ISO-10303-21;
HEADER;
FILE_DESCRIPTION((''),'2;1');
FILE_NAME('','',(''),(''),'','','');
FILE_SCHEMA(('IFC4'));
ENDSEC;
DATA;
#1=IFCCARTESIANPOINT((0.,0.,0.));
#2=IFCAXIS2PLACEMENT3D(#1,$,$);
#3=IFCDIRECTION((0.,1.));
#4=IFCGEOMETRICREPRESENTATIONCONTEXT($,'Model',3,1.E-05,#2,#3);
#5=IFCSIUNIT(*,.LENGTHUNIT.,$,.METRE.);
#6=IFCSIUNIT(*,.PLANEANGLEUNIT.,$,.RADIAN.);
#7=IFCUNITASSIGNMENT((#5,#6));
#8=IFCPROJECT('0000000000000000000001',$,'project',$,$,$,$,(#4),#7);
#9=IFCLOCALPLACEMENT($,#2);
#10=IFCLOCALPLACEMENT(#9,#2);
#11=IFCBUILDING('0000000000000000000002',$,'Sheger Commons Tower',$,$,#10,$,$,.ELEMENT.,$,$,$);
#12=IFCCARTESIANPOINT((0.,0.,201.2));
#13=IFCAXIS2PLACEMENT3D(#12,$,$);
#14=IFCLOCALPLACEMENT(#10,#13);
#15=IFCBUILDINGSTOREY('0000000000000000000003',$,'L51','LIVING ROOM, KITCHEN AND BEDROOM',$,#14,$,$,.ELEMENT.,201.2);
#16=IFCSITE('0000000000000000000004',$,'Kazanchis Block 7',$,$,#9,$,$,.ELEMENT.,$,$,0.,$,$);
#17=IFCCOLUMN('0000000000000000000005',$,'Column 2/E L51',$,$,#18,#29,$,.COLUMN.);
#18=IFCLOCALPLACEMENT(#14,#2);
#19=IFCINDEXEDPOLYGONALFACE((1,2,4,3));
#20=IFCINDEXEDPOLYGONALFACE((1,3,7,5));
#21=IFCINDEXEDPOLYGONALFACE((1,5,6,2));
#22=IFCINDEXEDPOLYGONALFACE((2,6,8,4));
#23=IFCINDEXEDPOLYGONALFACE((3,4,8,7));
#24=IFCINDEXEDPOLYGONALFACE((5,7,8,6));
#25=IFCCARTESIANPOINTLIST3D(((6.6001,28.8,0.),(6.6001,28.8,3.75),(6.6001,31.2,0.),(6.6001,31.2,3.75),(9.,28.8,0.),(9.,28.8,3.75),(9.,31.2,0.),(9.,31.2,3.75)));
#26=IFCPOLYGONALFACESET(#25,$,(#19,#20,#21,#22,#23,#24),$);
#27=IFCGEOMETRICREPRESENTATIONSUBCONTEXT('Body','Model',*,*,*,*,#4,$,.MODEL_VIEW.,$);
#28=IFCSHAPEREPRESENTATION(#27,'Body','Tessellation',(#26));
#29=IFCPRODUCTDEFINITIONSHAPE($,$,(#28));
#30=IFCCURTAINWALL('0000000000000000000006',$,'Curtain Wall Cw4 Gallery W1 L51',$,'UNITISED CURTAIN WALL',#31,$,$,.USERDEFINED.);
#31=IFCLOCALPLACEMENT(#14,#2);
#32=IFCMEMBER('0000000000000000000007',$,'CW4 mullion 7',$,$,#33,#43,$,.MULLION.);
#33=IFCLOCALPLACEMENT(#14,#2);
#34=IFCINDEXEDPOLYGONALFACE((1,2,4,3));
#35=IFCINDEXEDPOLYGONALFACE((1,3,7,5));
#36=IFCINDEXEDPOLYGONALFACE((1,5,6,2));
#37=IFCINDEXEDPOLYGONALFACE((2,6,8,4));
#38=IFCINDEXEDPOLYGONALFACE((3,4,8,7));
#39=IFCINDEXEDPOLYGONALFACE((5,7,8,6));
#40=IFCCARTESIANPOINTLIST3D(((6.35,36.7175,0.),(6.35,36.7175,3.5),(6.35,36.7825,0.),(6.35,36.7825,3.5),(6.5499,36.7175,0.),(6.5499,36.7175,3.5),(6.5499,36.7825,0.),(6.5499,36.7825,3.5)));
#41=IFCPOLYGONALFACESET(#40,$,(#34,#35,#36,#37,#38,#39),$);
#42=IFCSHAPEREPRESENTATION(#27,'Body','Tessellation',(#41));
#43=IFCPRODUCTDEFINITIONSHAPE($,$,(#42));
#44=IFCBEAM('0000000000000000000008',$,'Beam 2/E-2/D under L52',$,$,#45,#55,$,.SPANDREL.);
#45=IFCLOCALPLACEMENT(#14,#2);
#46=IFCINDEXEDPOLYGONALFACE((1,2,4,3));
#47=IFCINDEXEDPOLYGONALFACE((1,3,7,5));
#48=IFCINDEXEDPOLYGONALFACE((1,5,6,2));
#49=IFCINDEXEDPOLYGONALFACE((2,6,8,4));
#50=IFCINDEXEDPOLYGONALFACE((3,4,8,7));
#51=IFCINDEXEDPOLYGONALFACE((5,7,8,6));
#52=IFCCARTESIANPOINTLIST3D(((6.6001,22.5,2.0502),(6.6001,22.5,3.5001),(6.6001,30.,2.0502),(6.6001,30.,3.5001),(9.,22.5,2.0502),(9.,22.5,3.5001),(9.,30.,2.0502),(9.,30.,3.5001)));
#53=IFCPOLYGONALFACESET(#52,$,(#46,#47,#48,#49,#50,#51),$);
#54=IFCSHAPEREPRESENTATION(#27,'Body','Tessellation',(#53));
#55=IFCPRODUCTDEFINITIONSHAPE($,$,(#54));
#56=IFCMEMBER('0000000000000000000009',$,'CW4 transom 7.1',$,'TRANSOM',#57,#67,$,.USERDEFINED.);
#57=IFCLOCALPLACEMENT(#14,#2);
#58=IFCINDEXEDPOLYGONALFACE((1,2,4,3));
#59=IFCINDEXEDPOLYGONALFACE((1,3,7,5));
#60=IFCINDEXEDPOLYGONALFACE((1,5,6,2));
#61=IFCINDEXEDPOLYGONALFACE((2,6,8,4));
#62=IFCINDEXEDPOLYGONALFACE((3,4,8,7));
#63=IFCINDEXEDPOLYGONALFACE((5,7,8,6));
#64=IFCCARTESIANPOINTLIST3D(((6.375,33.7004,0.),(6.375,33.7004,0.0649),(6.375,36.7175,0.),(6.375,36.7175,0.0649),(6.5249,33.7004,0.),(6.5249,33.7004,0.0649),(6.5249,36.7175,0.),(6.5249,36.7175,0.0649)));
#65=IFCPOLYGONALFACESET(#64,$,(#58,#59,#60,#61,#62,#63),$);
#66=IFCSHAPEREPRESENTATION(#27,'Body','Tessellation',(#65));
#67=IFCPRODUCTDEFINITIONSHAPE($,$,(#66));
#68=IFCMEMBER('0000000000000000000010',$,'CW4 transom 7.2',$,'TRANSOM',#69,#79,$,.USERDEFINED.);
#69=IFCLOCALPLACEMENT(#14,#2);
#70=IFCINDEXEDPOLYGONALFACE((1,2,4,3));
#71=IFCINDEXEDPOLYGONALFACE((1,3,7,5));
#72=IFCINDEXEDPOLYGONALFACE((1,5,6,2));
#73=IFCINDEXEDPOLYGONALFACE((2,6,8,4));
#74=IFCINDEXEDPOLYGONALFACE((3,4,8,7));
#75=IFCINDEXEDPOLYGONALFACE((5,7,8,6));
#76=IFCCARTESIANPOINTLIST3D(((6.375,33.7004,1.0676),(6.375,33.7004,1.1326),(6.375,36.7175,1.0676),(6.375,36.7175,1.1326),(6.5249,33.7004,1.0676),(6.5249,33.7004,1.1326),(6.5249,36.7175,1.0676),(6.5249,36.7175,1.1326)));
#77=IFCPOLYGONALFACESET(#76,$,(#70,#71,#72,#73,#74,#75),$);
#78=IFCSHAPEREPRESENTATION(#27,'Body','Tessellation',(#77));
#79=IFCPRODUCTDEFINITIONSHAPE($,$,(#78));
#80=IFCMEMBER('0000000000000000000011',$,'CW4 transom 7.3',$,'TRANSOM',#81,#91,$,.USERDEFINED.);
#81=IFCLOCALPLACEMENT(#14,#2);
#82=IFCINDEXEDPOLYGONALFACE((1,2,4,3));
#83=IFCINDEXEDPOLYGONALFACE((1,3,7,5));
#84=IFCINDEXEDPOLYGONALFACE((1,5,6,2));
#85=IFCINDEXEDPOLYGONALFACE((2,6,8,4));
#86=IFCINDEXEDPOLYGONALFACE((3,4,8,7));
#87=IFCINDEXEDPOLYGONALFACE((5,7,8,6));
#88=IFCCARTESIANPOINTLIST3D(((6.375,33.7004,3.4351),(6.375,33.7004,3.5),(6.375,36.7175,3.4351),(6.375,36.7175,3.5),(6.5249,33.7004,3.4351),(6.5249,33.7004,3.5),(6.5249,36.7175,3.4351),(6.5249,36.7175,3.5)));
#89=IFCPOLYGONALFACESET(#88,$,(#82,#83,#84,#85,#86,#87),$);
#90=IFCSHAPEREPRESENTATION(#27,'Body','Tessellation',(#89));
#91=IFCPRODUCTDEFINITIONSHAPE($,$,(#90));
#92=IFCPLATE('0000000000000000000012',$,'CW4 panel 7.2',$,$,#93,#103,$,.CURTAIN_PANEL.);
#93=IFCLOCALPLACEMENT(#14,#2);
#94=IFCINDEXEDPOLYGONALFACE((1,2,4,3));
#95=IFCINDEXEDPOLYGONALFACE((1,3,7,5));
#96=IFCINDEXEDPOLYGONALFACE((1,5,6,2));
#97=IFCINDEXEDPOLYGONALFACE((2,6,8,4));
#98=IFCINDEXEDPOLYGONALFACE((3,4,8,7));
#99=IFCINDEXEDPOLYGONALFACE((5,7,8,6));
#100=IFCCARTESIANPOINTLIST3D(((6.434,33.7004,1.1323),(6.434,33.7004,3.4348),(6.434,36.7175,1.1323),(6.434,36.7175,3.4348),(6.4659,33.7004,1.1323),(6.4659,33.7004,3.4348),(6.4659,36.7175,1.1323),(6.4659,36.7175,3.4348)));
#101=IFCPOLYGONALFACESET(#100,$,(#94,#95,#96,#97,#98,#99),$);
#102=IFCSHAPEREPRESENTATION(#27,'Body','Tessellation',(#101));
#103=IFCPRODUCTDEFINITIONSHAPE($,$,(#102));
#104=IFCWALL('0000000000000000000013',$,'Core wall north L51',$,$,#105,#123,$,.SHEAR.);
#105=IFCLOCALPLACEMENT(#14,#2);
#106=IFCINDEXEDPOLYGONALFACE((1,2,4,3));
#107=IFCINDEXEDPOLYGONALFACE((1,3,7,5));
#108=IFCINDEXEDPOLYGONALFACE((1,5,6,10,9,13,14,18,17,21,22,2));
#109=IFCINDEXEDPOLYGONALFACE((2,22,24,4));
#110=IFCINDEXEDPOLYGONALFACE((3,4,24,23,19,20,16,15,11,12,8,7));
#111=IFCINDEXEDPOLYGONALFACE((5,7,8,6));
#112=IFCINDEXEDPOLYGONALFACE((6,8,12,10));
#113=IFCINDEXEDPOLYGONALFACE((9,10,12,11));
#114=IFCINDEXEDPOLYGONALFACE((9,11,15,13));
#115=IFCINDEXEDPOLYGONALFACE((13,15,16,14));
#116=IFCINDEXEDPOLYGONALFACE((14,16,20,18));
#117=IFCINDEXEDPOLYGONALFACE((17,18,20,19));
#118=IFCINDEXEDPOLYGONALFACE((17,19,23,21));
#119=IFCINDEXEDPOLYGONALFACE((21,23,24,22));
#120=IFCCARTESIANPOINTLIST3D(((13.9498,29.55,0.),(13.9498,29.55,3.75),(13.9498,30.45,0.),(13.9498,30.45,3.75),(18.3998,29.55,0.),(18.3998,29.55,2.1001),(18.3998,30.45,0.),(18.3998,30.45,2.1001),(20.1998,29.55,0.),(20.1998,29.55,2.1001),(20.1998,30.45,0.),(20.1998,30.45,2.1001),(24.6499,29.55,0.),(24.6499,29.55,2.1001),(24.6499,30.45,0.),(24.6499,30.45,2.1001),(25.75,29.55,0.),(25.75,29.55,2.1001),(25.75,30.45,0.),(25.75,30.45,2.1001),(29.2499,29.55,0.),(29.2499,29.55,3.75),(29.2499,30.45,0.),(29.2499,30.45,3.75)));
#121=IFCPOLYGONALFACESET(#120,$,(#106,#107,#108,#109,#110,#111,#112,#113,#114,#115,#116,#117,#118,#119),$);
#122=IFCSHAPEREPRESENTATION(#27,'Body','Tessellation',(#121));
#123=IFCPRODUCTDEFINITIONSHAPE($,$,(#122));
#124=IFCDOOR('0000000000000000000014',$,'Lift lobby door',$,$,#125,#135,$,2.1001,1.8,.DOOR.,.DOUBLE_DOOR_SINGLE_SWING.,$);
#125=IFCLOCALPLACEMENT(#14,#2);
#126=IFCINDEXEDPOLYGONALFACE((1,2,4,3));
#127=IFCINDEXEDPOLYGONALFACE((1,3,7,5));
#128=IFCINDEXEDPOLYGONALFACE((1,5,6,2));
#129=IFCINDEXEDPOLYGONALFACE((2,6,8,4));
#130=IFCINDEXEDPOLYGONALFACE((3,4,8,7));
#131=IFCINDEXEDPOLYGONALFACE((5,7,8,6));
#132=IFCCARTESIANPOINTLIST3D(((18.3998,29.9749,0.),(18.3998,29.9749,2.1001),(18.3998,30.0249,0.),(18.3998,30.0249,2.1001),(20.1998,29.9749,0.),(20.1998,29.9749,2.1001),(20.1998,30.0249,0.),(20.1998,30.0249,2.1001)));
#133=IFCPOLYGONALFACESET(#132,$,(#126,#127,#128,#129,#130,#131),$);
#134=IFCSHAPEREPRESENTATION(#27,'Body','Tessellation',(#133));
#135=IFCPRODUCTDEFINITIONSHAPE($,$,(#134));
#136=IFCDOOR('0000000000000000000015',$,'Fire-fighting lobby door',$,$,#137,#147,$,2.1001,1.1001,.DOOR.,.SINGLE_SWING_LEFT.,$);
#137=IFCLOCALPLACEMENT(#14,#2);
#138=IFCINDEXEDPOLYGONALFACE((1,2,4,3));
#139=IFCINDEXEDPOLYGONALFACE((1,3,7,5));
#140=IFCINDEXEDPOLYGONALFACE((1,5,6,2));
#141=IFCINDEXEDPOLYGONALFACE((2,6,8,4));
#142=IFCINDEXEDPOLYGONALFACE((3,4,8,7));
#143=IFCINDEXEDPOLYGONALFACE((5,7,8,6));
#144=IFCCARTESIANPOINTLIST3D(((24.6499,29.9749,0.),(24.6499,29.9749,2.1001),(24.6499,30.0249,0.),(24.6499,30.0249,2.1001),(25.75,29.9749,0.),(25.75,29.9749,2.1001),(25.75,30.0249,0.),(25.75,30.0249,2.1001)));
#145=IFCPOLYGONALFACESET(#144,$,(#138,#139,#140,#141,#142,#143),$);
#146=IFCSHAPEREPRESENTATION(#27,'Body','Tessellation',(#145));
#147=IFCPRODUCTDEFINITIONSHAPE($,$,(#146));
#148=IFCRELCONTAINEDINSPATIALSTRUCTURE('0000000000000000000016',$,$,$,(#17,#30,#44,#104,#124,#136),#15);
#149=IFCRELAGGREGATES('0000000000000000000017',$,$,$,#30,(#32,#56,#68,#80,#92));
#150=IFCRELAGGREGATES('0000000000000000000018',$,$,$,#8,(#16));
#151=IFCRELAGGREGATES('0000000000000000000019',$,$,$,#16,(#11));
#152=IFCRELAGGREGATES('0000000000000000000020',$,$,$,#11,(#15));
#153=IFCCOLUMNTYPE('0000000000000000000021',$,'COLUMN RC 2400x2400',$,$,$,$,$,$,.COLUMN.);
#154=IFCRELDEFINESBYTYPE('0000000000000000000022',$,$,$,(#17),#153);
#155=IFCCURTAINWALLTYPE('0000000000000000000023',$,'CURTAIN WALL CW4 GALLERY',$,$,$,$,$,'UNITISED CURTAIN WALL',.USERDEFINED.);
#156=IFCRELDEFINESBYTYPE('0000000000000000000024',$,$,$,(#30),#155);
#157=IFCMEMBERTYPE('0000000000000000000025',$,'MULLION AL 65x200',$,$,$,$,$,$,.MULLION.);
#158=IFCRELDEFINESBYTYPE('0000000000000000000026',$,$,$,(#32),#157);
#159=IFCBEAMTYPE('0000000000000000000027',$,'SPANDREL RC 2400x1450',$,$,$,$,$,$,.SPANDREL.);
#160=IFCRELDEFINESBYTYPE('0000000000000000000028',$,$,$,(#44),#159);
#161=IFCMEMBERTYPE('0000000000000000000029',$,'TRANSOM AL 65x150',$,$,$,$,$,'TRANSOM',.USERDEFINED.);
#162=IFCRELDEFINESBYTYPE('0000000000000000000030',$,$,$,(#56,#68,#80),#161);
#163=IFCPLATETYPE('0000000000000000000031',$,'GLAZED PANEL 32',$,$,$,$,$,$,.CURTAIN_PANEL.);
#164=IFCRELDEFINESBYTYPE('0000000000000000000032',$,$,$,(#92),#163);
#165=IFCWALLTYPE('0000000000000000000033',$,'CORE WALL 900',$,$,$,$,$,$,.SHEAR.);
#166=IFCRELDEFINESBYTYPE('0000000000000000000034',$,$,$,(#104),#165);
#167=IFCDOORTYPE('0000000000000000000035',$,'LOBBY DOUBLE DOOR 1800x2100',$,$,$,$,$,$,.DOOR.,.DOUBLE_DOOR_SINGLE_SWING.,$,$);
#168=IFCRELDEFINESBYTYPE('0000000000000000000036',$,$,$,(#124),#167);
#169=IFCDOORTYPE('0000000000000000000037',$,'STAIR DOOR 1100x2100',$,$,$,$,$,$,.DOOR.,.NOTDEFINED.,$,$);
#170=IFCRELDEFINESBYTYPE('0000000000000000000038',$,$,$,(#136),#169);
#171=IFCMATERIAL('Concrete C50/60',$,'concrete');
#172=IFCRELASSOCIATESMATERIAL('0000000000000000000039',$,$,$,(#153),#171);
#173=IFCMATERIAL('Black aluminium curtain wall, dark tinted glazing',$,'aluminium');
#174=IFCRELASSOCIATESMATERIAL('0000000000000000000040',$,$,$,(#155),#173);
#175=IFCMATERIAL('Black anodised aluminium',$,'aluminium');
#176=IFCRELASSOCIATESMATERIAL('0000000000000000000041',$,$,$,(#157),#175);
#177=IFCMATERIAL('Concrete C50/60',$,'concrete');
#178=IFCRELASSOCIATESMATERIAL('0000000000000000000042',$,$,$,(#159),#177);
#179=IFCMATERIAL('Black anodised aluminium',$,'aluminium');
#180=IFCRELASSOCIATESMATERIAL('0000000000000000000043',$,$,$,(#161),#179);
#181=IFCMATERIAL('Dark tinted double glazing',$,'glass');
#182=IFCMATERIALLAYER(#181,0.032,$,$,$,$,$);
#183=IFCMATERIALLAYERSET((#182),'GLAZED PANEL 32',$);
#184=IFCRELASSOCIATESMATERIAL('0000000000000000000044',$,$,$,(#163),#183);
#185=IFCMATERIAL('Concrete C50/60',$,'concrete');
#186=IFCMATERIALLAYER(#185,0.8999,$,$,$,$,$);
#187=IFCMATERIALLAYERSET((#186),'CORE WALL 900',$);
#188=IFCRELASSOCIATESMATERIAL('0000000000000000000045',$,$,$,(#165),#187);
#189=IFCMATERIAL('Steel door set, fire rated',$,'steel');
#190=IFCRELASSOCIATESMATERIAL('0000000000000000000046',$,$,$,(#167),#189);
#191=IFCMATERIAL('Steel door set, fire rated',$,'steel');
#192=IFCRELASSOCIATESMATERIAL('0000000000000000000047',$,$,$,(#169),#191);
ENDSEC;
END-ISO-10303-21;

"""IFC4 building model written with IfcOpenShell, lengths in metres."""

from ifc_helpers import new_model, si_unit, direction, frame, frame_2d, origin, origin_2d, place, context, subcontext, project, spatial, rectangle, extrude, material, layer, layer_set, material_profile, profile_set, type_object, element, fill, aggregate, save


model = new_model("IFC4")

# Units and contexts
model_context = context("Model", 3, precision=1e-05, world=origin(), true_north=direction((0.0, 1.0)))
body_context = subcontext(model_context, "Body", "Model", "MODEL_VIEW")
ifc_project = project(units=[si_unit("LENGTHUNIT", "METRE"), si_unit("PLANEANGLEUNIT", "RADIAN")], contexts=[model_context])

# Site, building, storey
site_placement = place(None, origin())
site = spatial("IfcSite", under=ifc_project, at=site_placement, Name="Kazanchis Block 7", CompositionType="ELEMENT", RefElevation=0.0)
building_placement = place(site_placement, origin())
building = spatial("IfcBuilding", under=site, at=building_placement, Name="Sheger Commons Tower", CompositionType="ELEMENT")
storey_placement = place(building_placement, frame((0.0, 0.0, 201.2)))
storey = spatial("IfcBuildingStorey", under=building, at=storey_placement, Name="L51", Description="LIVING ROOM, KITCHEN AND BEDROOM", CompositionType="ELEMENT", Elevation=201.2)

# Column
ifc_material_1 = material(Name="Concrete C50/60", Category="concrete")
ifc_material_profile_1 = material_profile(ifc_material_1, rectangle(XDim=2.3999, YDim=2.3999, at=origin_2d()), Name="RC 2400x2400")
ifc_profile_set_1 = profile_set([ifc_material_profile_1], Name="Concrete C50/60")
column_type = type_object("IfcColumnType", Name="COLUMN RC 2400x2400", PredefinedType="COLUMN", material=ifc_profile_set_1)
column_placement = place(storey_placement, frame((7.8, 30.0, 0.0), z_axis=(0.0, 0.0, 1.0), x_axis=(1.0, 0.0, 0.0)))
element("IfcColumn", 1, at=column_placement, inside=storey, type_object=column_type, Name="Column 2/E L51", PredefinedType="COLUMN", context=body_context, shape_type="SweptSolid", body=[
    extrude(rectangle(XDim=2.3999, YDim=2.3999, at=origin_2d()), origin(), (0.0, 0.0, 1.0), 3.75),
])

# Curtain wall, member
ifc_material_2 = material(Name="Black aluminium curtain wall, dark tinted glazing", Category="aluminium")
curtain_wall_type = type_object("IfcCurtainWallType", Name="CURTAIN WALL CW4 GALLERY", ElementType="UNITISED CURTAIN WALL", PredefinedType="USERDEFINED", material=ifc_material_2)
curtain_wall_placement = place(storey_placement, origin())
curtain_wall = element("IfcCurtainWall", 2, at=curtain_wall_placement, inside=storey, type_object=curtain_wall_type, Name="Curtain Wall Cw4 Gallery W1 L51", ObjectType="UNITISED CURTAIN WALL", PredefinedType="USERDEFINED")
ifc_material_3 = material(Name="Black anodised aluminium", Category="aluminium")
ifc_material_profile_2 = material_profile(ifc_material_3, rectangle(XDim=0.2, YDim=0.0649, at=origin_2d()), Name="AL 65x200")
ifc_profile_set_2 = profile_set([ifc_material_profile_2], Name="Black anodised aluminium")
member_type_1 = type_object("IfcMemberType", Name="MULLION AL 65x200", PredefinedType="MULLION", material=ifc_profile_set_2)
member_1_placement = place(storey_placement, frame((6.45, 36.75, 0.0), z_axis=(0.0, 0.0, 1.0), x_axis=(1.0, 0.0, 0.0)))
member_1 = element("IfcMember", 3, at=member_1_placement, type_object=member_type_1, Name="CW4 mullion 7", PredefinedType="MULLION", context=body_context, shape_type="SweptSolid", body=[
    extrude(rectangle(XDim=0.2, YDim=0.0649, at=origin_2d()), origin(), (0.0, 0.0, 1.0), 3.5),
])

# Beam
ifc_material_4 = material(Name="Concrete C50/60", Category="concrete")
ifc_material_profile_3 = material_profile(ifc_material_4, rectangle(XDim=2.3999, YDim=1.45, at=origin_2d()), Name="RC 2400x1450")
ifc_profile_set_3 = profile_set([ifc_material_profile_3], Name="Concrete C50/60")
beam_type = type_object("IfcBeamType", Name="SPANDREL RC 2400x1450", PredefinedType="SPANDREL", material=ifc_profile_set_3)
beam_placement = place(storey_placement, frame((7.8, 30.0, 2.7751), z_axis=(0.0, -1.0, 0.0), x_axis=(1.0, 0.0, 0.0)))
element("IfcBeam", 4, at=beam_placement, inside=storey, type_object=beam_type, Name="Beam 2/E-2/D under L52", PredefinedType="SPANDREL", context=body_context, shape_type="SweptSolid", body=[
    extrude(rectangle(XDim=2.3999, YDim=1.45, at=origin_2d()), origin(), (0.0, 0.0, 1.0), 7.5),
])

# Members
ifc_material_5 = material(Name="Black anodised aluminium", Category="aluminium")
ifc_material_profile_4 = material_profile(ifc_material_5, rectangle(XDim=0.1499, YDim=0.0649, at=origin_2d()), Name="AL 65x150")
ifc_profile_set_4 = profile_set([ifc_material_profile_4], Name="Black anodised aluminium")
member_type_2 = type_object("IfcMemberType", Name="TRANSOM AL 65x150", ElementType="TRANSOM", PredefinedType="USERDEFINED", material=ifc_profile_set_4)
member_2_placement = place(storey_placement, frame((6.45, 36.7175, 0.0325), z_axis=(0.0, -1.0, 0.0), x_axis=(1.0, 0.0, 0.0)))
member_2 = element("IfcMember", 5, at=member_2_placement, type_object=member_type_2, Name="CW4 transom 7.1", ObjectType="TRANSOM", PredefinedType="USERDEFINED", context=body_context, shape_type="SweptSolid", body=[
    extrude(rectangle(XDim=0.1499, YDim=0.0649, at=origin_2d()), origin(), (0.0, 0.0, 1.0), 3.0171),
])
member_3_placement = place(storey_placement, frame((6.45, 36.7175, 1.1001), z_axis=(0.0, -1.0, 0.0), x_axis=(1.0, 0.0, 0.0)))
member_3 = element("IfcMember", 6, at=member_3_placement, type_object=member_type_2, Name="CW4 transom 7.2", ObjectType="TRANSOM", PredefinedType="USERDEFINED", context=body_context, shape_type="SweptSolid", body=[
    extrude(rectangle(XDim=0.1499, YDim=0.0649, at=origin_2d()), origin(), (0.0, 0.0, 1.0), 3.0171),
])
member_4_placement = place(storey_placement, frame((6.45, 36.7175, 3.4675), z_axis=(0.0, -1.0, 0.0), x_axis=(1.0, 0.0, 0.0)))
member_4 = element("IfcMember", 7, at=member_4_placement, type_object=member_type_2, Name="CW4 transom 7.3", ObjectType="TRANSOM", PredefinedType="USERDEFINED", context=body_context, shape_type="SweptSolid", body=[
    extrude(rectangle(XDim=0.1499, YDim=0.0649, at=origin_2d()), origin(), (0.0, 0.0, 1.0), 3.0171),
])

# Plate
ifc_material_6 = material(Name="Dark tinted double glazing", Category="glass")
ifc_layer_1 = layer(ifc_material_6, 0.032)
ifc_layer_set_1 = layer_set([ifc_layer_1], Name="GLAZED PANEL 32")
plate_type = type_object("IfcPlateType", Name="GLAZED PANEL 32", PredefinedType="CURTAIN_PANEL", material=ifc_layer_set_1)
plate_placement = place(storey_placement, frame((6.45, 35.209, 1.1323), z_axis=(0.0, 0.0, 1.0), x_axis=(0.0, -1.0, 0.0)))
plate = element("IfcPlate", 8, at=plate_placement, type_object=plate_type, Name="CW4 panel 7.2", PredefinedType="CURTAIN_PANEL", context=body_context, shape_type="SweptSolid", body=[
    extrude(rectangle(XDim=3.0171, YDim=0.032, at=origin_2d()), origin(), (0.0, 0.0, 1.0), 2.3025),
])
aggregate(curtain_wall, [member_1, member_2, member_3, member_4, plate])

# Wall, openings, doors
ifc_material_7 = material(Name="Concrete C50/60", Category="concrete")
ifc_layer_2 = layer(ifc_material_7, 0.8999)
ifc_layer_set_2 = layer_set([ifc_layer_2], Name="CORE WALL 900")
wall_type_1 = type_object("IfcWallType", Name="CORE WALL 900", PredefinedType="SHEAR", material=ifc_layer_set_2)
wall_1_placement = place(storey_placement, frame((13.95, 30.0, 0.0), z_axis=(0.0, 0.0, 1.0), x_axis=(1.0, 0.0, 0.0)))
wall_1 = element("IfcWall", 9, at=wall_1_placement, inside=storey, type_object=wall_type_1, Name="Core wall north L51", PredefinedType="SHEAR", context=body_context, shape_type="SweptSolid", body=[
    extrude(rectangle(XDim=15.3, YDim=0.8999, at=frame_2d((7.6499, 0.0))), origin(), (0.0, 0.0, 1.0), 3.75),
])
opening_1_placement = place(wall_1_placement, frame((4.45, 0.0, 0.0)))
opening_1 = element("IfcOpeningElement", 10, at=opening_1_placement, cuts=wall_1, PredefinedType="OPENING", context=body_context, shape_type="SweptSolid", body=[
    extrude(rectangle(XDim=1.8, YDim=2.1001, at=frame_2d((0.8999, 1.05))), frame((0.0, 0.46, 0.0), z_axis=(0.0, -1.0, 0.0), x_axis=(1.0, 0.0, 0.0)), (0.0, 0.0, 1.0), 0.9199),
])
opening_2_placement = place(wall_1_placement, frame((10.7, 0.0, 0.0)))
opening_2 = element("IfcOpeningElement", 11, at=opening_2_placement, cuts=wall_1, PredefinedType="OPENING", context=body_context, shape_type="SweptSolid", body=[
    extrude(rectangle(XDim=1.1001, YDim=2.1001, at=frame_2d((0.55, 1.05))), frame((0.0, 0.46, 0.0), z_axis=(0.0, -1.0, 0.0), x_axis=(1.0, 0.0, 0.0)), (0.0, 0.0, 1.0), 0.9199),
])
ifc_material_8 = material(Name="Steel door set, fire rated", Category="steel")
door_type_1 = type_object("IfcDoorType", Name="LOBBY DOUBLE DOOR 1800x2100", OperationType="DOUBLE_DOOR_SINGLE_SWING", PredefinedType="DOOR", material=ifc_material_8)
door_1_placement = place(opening_1_placement, origin())
door_1 = element("IfcDoor", 12, at=door_1_placement, inside=storey, type_object=door_type_1, Name="Lift lobby door", OperationType="DOUBLE_DOOR_SINGLE_SWING", OverallHeight=2.1001, OverallWidth=1.8, PredefinedType="DOOR", context=body_context, shape_type="SweptSolid", body=[
    extrude(rectangle(XDim=1.8, YDim=2.1001, at=frame_2d((0.8999, 1.05))), frame((0.0, 0.0249, 0.0), z_axis=(0.0, -1.0, 0.0), x_axis=(1.0, 0.0, 0.0)), (0.0, 0.0, 1.0), 0.05),
])
fill(opening_1, door_1)
ifc_material_9 = material(Name="Steel door set, fire rated", Category="steel")
door_type_2 = type_object("IfcDoorType", Name="STAIR DOOR 1100x2100", OperationType="NOTDEFINED", PredefinedType="DOOR", material=ifc_material_9)
door_2_placement = place(opening_2_placement, origin())
door_2 = element("IfcDoor", 13, at=door_2_placement, inside=storey, type_object=door_type_2, Name="Fire-fighting lobby door", OperationType="SINGLE_SWING_LEFT", OverallHeight=2.1001, OverallWidth=1.1001, PredefinedType="DOOR", context=body_context, shape_type="SweptSolid", body=[
    extrude(rectangle(XDim=1.1001, YDim=2.1001, at=frame_2d((0.55, 1.05))), frame((0.0, 0.0249, 0.0), z_axis=(0.0, -1.0, 0.0), x_axis=(1.0, 0.0, 0.0)), (0.0, 0.0, 1.0), 0.05),
])
fill(opening_2, door_2)

save(model, "model.ifc")
